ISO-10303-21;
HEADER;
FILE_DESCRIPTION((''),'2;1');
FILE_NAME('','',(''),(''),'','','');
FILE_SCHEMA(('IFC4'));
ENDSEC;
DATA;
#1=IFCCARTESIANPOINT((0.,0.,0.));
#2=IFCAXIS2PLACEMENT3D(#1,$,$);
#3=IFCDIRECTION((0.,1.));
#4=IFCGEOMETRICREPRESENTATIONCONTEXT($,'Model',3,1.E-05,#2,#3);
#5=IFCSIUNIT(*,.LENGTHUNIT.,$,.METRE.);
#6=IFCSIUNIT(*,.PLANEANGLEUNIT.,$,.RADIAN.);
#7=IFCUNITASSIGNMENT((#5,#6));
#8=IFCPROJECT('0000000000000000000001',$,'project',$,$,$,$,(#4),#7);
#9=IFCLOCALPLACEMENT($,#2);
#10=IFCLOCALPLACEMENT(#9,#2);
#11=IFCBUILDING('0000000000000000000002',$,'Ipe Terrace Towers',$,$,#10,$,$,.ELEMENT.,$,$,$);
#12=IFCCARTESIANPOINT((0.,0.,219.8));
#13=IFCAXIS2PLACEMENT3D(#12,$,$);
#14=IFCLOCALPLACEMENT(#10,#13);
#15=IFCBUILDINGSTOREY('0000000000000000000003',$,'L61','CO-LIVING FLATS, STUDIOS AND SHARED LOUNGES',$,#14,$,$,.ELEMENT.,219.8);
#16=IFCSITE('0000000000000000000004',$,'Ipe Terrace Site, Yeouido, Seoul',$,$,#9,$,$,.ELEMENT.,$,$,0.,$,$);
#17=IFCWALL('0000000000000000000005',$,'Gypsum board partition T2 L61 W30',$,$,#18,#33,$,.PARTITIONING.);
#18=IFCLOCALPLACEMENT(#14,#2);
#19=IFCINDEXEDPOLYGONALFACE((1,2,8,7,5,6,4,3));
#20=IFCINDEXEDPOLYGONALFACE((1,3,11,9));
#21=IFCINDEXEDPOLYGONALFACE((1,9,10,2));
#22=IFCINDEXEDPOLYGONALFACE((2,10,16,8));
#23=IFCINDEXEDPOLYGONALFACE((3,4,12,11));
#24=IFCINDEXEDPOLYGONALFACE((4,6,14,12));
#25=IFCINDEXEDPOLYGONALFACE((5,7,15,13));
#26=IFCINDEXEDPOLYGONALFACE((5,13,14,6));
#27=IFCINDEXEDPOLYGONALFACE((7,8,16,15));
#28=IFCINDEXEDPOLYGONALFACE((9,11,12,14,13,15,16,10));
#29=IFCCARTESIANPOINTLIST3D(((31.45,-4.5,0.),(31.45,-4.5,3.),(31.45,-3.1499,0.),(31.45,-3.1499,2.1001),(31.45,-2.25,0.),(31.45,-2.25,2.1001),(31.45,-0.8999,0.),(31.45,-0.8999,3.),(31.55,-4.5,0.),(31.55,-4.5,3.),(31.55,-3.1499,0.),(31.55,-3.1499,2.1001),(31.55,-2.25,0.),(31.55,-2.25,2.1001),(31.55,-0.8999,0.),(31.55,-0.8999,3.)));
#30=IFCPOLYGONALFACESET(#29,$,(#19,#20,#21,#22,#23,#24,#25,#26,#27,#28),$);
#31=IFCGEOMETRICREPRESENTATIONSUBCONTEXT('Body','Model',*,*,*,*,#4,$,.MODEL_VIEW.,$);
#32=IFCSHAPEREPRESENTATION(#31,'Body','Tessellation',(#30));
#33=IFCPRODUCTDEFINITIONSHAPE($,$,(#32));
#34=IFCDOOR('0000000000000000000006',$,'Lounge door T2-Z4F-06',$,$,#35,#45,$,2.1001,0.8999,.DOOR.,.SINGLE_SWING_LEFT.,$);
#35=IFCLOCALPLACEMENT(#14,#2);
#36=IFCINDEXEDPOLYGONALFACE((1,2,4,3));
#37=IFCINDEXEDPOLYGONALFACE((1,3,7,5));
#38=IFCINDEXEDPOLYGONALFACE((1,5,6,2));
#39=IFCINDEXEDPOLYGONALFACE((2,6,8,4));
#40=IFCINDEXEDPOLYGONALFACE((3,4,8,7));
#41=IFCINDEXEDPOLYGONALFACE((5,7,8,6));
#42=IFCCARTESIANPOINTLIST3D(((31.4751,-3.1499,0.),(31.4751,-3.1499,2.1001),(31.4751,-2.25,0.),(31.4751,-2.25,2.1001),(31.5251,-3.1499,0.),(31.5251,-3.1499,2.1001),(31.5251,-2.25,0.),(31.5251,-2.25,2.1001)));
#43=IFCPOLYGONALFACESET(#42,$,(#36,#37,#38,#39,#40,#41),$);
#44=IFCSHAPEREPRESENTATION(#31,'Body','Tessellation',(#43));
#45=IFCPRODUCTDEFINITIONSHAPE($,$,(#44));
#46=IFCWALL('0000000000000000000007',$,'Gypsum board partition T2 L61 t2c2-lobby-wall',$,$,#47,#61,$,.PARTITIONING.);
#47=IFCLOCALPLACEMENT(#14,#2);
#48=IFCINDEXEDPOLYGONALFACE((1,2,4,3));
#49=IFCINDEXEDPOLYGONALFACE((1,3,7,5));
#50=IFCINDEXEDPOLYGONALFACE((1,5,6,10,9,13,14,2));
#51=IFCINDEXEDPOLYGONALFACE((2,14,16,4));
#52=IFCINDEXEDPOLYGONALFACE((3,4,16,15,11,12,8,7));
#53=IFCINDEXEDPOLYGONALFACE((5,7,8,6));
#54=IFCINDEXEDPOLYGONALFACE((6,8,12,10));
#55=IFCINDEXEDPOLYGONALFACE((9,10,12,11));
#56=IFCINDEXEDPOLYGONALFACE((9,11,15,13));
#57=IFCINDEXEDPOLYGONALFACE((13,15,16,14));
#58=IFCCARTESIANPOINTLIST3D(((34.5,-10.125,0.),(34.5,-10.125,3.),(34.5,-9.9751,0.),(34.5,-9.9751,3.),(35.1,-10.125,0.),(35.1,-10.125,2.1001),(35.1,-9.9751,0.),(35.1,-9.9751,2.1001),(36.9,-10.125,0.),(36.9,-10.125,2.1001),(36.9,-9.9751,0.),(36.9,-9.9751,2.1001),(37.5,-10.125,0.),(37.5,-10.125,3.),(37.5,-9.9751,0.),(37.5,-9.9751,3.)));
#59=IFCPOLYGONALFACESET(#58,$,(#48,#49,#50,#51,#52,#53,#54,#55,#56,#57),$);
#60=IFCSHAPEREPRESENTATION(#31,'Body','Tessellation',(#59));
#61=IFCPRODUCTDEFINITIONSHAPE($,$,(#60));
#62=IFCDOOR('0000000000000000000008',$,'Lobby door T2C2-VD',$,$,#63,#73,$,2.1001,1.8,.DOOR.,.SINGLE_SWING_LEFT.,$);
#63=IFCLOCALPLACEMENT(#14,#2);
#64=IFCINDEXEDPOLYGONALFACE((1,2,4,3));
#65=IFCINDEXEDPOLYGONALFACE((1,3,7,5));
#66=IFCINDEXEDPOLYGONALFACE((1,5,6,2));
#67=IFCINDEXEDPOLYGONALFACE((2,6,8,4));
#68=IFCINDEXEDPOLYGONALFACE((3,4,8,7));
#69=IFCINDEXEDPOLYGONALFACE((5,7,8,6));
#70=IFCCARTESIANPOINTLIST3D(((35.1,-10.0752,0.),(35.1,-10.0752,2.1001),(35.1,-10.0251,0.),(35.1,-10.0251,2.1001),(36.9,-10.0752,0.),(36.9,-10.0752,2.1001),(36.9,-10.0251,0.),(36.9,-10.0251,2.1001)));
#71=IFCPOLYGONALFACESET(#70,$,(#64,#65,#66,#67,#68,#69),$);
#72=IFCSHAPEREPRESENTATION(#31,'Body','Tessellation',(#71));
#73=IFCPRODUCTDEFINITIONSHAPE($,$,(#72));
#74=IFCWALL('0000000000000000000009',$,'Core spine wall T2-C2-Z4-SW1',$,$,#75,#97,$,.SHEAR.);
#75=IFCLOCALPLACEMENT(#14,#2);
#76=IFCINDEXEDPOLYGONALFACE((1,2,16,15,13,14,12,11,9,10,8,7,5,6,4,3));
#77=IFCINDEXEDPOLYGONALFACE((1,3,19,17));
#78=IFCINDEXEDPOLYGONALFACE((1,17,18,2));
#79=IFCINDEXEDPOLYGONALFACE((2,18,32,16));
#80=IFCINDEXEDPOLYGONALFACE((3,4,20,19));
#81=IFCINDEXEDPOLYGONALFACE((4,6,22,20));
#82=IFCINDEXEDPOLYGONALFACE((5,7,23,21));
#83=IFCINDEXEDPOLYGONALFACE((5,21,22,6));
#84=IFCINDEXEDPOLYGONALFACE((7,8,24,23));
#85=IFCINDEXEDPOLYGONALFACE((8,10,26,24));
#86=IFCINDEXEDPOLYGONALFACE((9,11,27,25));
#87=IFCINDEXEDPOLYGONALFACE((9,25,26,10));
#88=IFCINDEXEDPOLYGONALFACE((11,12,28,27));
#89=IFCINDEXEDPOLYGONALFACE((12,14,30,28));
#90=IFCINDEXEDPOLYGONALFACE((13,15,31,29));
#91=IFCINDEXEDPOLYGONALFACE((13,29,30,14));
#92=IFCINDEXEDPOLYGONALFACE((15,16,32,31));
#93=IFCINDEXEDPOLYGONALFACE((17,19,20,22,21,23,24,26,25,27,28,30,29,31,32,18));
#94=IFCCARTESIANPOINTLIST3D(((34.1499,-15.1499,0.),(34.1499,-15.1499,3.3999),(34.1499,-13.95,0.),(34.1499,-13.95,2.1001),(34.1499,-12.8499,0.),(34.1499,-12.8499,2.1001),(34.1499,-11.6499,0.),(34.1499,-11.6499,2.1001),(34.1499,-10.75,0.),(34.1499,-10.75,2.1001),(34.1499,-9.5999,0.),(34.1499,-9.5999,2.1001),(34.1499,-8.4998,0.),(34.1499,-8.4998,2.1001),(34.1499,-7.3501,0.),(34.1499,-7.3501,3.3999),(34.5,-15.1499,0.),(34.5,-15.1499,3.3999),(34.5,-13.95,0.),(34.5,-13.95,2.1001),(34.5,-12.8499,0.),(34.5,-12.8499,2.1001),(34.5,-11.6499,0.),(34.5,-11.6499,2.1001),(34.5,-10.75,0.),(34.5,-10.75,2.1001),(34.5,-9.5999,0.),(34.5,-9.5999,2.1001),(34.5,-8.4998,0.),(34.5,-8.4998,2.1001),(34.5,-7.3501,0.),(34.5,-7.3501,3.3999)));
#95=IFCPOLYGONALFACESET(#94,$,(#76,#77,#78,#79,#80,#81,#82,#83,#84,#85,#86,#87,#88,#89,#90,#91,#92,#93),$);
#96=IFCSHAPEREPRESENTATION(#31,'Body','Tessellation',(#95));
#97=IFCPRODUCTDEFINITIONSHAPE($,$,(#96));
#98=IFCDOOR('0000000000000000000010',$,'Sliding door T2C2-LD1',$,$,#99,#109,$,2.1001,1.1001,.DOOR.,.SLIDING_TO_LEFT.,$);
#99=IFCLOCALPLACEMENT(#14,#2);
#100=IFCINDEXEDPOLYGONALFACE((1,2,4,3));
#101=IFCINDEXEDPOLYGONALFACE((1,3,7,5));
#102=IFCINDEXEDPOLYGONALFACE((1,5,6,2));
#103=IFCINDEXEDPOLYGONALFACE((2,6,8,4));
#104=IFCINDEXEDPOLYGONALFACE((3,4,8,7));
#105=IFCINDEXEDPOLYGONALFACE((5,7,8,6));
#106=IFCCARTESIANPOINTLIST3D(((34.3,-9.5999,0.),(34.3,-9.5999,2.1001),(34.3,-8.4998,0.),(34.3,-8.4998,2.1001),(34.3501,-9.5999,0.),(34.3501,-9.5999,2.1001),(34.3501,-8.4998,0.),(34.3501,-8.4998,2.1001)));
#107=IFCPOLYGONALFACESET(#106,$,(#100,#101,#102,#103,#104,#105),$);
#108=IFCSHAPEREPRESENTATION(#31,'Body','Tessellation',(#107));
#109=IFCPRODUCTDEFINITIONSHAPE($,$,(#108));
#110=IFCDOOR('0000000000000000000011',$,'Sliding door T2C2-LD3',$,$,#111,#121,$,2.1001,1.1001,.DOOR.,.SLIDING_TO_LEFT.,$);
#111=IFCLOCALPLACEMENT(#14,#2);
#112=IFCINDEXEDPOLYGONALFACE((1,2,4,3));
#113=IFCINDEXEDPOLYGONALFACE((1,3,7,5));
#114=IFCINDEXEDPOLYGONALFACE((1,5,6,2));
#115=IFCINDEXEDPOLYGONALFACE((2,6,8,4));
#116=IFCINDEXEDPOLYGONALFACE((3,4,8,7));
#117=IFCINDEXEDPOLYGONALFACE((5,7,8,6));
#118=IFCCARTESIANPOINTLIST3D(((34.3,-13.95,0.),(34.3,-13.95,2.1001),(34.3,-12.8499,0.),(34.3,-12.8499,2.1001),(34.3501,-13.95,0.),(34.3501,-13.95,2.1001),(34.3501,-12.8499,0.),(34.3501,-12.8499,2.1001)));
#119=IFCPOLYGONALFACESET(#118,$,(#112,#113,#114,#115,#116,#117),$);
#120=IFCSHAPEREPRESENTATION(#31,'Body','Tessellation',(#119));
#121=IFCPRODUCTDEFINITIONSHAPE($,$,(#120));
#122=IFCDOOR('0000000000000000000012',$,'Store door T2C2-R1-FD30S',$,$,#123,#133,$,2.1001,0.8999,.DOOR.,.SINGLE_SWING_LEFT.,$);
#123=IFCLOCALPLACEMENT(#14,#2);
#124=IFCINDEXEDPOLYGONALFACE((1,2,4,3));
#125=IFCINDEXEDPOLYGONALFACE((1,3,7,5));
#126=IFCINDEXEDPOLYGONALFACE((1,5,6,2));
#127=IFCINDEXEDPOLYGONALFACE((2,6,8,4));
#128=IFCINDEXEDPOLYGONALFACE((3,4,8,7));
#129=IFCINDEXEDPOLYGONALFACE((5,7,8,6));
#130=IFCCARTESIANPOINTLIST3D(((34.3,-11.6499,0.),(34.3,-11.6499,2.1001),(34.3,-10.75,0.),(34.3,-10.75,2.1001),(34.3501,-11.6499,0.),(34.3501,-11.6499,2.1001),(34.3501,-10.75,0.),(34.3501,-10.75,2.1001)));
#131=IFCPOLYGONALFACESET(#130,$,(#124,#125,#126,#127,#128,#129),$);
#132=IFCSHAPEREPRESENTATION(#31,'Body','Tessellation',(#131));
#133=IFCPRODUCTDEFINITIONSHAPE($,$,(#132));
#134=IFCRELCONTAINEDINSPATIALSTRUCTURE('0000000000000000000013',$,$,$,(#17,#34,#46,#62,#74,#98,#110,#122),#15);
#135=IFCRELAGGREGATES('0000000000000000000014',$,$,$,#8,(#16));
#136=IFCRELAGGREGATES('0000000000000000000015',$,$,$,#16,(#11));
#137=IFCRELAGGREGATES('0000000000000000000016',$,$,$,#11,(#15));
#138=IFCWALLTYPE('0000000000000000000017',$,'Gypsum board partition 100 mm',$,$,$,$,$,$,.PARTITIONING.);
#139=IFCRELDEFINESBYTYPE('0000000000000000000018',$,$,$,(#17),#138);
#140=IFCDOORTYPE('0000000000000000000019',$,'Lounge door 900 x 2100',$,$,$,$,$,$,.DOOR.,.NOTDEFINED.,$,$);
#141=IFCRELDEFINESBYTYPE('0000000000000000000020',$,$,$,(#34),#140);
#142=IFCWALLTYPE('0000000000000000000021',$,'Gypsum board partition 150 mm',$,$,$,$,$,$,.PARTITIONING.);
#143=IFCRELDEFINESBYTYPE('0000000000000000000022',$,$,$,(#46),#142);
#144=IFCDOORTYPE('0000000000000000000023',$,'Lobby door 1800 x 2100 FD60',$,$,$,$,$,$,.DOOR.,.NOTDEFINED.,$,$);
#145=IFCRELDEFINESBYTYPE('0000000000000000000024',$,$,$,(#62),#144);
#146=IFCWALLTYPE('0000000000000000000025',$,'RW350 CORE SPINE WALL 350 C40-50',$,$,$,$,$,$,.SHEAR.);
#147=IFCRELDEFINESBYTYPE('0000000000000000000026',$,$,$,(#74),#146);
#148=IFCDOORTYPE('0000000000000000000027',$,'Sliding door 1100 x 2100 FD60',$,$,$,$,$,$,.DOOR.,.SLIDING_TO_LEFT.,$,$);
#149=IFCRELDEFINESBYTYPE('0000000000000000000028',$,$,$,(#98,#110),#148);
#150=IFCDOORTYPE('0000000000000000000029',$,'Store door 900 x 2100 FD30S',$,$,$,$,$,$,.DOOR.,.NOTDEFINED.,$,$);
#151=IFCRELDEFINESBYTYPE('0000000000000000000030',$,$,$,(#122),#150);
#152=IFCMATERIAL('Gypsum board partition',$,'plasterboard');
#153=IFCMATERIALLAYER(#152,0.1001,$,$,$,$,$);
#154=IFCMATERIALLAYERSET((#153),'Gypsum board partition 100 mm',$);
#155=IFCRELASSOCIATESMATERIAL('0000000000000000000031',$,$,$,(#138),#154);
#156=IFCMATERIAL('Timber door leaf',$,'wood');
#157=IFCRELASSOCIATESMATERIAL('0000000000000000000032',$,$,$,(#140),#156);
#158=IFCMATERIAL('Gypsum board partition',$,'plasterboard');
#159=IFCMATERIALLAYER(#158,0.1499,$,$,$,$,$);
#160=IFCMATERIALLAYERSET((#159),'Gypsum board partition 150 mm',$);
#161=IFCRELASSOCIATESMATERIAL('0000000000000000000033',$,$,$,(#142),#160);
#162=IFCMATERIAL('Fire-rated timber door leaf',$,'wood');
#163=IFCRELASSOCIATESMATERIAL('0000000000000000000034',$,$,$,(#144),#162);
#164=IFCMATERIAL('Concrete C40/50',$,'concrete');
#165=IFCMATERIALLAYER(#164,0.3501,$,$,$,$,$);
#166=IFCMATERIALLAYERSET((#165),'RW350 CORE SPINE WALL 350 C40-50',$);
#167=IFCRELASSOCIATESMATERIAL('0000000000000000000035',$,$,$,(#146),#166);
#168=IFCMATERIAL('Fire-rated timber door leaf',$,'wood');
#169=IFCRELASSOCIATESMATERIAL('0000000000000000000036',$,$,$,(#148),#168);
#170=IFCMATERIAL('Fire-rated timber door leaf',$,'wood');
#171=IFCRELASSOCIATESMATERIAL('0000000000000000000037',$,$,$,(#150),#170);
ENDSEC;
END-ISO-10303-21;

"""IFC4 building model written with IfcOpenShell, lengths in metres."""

from ifc_helpers import new_model, si_unit, direction, frame, frame_2d, origin, place, context, subcontext, project, spatial, rectangle, extrude, material, layer, layer_set, type_object, element, fill, save


model = new_model("IFC4")

# Units and contexts
model_context = context("Model", 3, precision=1e-05, world=origin(), true_north=direction((0.0, 1.0)))
body_context = subcontext(model_context, "Body", "Model", "MODEL_VIEW")
ifc_project = project(units=[si_unit("LENGTHUNIT", "METRE"), si_unit("PLANEANGLEUNIT", "RADIAN")], contexts=[model_context])

# Site, building, storey
site_placement = place(None, origin())
site = spatial("IfcSite", under=ifc_project, at=site_placement, Name="Ipe Terrace Site, Yeouido, Seoul", CompositionType="ELEMENT", RefElevation=0.0)
building_placement = place(site_placement, origin())
building = spatial("IfcBuilding", under=site, at=building_placement, Name="Ipe Terrace Towers", CompositionType="ELEMENT")
storey_placement = place(building_placement, frame((0.0, 0.0, 219.8)))
storey = spatial("IfcBuildingStorey", under=building, at=storey_placement, Name="L61", Description="CO-LIVING FLATS, STUDIOS AND SHARED LOUNGES", CompositionType="ELEMENT", Elevation=219.8)

# Shared definitions
ifc_material_1 = material(Name="Gypsum board partition", Category="plasterboard")
ifc_layer_1 = layer(ifc_material_1, 0.1001)
ifc_layer_set_1 = layer_set([ifc_layer_1], Name="Gypsum board partition 100 mm")
wall_type_1 = type_object("IfcWallType", Name="Gypsum board partition 100 mm", PredefinedType="PARTITIONING", material=ifc_layer_set_1)

# Shared definitions
ifc_material_2 = material(Name="Timber door leaf", Category="wood")
door_type_1 = type_object("IfcDoorType", Name="Lounge door 900 x 2100", OperationType="NOTDEFINED", PredefinedType="DOOR", material=ifc_material_2)

# Walls, openings, doors
wall_1_placement = place(storey_placement, frame((31.5, -4.5, 0.0), z_axis=(0.0, 0.0, 1.0), x_axis=(0.0, 1.0, 0.0)))
wall_1 = element("IfcWall", 1, at=wall_1_placement, inside=storey, type_object=wall_type_1, Name="Gypsum board partition T2 L61 W30", PredefinedType="PARTITIONING", context=body_context, shape_type="SweptSolid", body=[
    extrude(rectangle(XDim=3.6001, YDim=0.1001, at=frame_2d((1.8, 0.0))), origin(), (0.0, 0.0, 1.0), 3.0),
])
opening_1_placement = place(wall_1_placement, frame((1.3501, 0.0, 0.0)))
opening_1 = element("IfcOpeningElement", 2, at=opening_1_placement, cuts=wall_1, PredefinedType="OPENING", context=body_context, shape_type="SweptSolid", body=[
    extrude(rectangle(XDim=0.8999, YDim=2.1001, at=frame_2d((0.45, 1.05))), frame((0.0, 0.0601, 0.0), z_axis=(0.0, -1.0, 0.0), x_axis=(1.0, 0.0, 0.0)), (0.0, 0.0, 1.0), 0.1201),
])
door_1_placement = place(opening_1_placement, origin())
door_1 = element("IfcDoor", 3, at=door_1_placement, inside=storey, type_object=door_type_1, Name="Lounge door T2-Z4F-06", OperationType="SINGLE_SWING_LEFT", OverallHeight=2.1001, OverallWidth=0.8999, PredefinedType="DOOR", context=body_context, shape_type="SweptSolid", body=[
    extrude(rectangle(XDim=0.8999, YDim=2.1001, at=frame_2d((0.45, 1.05))), frame((0.0, 0.0249, 0.0), z_axis=(0.0, -1.0, 0.0), x_axis=(1.0, 0.0, 0.0)), (0.0, 0.0, 1.0), 0.05),
])
fill(opening_1, door_1)
ifc_material_3 = material(Name="Gypsum board partition", Category="plasterboard")
ifc_layer_2 = layer(ifc_material_3, 0.1499)
ifc_layer_set_2 = layer_set([ifc_layer_2], Name="Gypsum board partition 150 mm")
wall_type_2 = type_object("IfcWallType", Name="Gypsum board partition 150 mm", PredefinedType="PARTITIONING", material=ifc_layer_set_2)
wall_2_placement = place(storey_placement, frame((34.5, -10.05, 0.0), z_axis=(0.0, 0.0, 1.0), x_axis=(1.0, 0.0, 0.0)))
wall_2 = element("IfcWall", 4, at=wall_2_placement, inside=storey, type_object=wall_type_2, Name="Gypsum board partition T2 L61 t2c2-lobby-wall", PredefinedType="PARTITIONING", context=body_context, shape_type="SweptSolid", body=[
    extrude(rectangle(XDim=3.0, YDim=0.1499, at=frame_2d((1.5, 0.0))), origin(), (0.0, 0.0, 1.0), 3.0),
])
opening_2_placement = place(wall_2_placement, frame((0.6001, 0.0, 0.0)))
opening_2 = element("IfcOpeningElement", 5, at=opening_2_placement, cuts=wall_2, PredefinedType="OPENING", context=body_context, shape_type="SweptSolid", body=[
    extrude(rectangle(XDim=1.8, YDim=2.1001, at=frame_2d((0.8999, 1.05))), frame((0.0, 0.085, 0.0), z_axis=(0.0, -1.0, 0.0), x_axis=(1.0, 0.0, 0.0)), (0.0, 0.0, 1.0), 0.1699),
])
ifc_material_4 = material(Name="Fire-rated timber door leaf", Category="wood")
door_type_2 = type_object("IfcDoorType", Name="Lobby door 1800 x 2100 FD60", OperationType="NOTDEFINED", PredefinedType="DOOR", material=ifc_material_4)
door_2_placement = place(opening_2_placement, origin())
door_2 = element("IfcDoor", 6, at=door_2_placement, inside=storey, type_object=door_type_2, Name="Lobby door T2C2-VD", OperationType="SINGLE_SWING_LEFT", OverallHeight=2.1001, OverallWidth=1.8, PredefinedType="DOOR", context=body_context, shape_type="SweptSolid", body=[
    extrude(rectangle(XDim=1.8, YDim=2.1001, at=frame_2d((0.8999, 1.05))), frame((0.0, 0.0249, 0.0), z_axis=(0.0, -1.0, 0.0), x_axis=(1.0, 0.0, 0.0)), (0.0, 0.0, 1.0), 0.05),
])
fill(opening_2, door_2)

# Wall, openings, doors
ifc_material_5 = material(Name="Concrete C40/50", Category="concrete")
ifc_layer_3 = layer(ifc_material_5, 0.3501)
ifc_layer_set_3 = layer_set([ifc_layer_3], Name="RW350 CORE SPINE WALL 350 C40-50")
wall_type_3 = type_object("IfcWallType", Name="RW350 CORE SPINE WALL 350 C40-50", PredefinedType="SHEAR", material=ifc_layer_set_3)
wall_3_placement = place(storey_placement, frame((34.325, -15.1499, 0.0), z_axis=(0.0, 0.0, 1.0), x_axis=(0.0, 1.0, 0.0)))
wall_3 = element("IfcWall", 7, at=wall_3_placement, inside=storey, type_object=wall_type_3, Name="Core spine wall T2-C2-Z4-SW1", PredefinedType="SHEAR", context=body_context, shape_type="SweptSolid", body=[
    extrude(rectangle(XDim=7.7998, YDim=0.3501, at=frame_2d((3.8999, 0.0))), origin(), (0.0, 0.0, 1.0), 3.3999),
])
opening_3_placement = place(wall_3_placement, frame((5.55, 0.0, 0.0)))
opening_3 = element("IfcOpeningElement", 8, at=opening_3_placement, cuts=wall_3, PredefinedType="OPENING", context=body_context, shape_type="SweptSolid", body=[
    extrude(rectangle(XDim=1.1001, YDim=2.1001, at=frame_2d((0.55, 1.05))), frame((0.0, 0.1851, 0.0), z_axis=(0.0, -1.0, 0.0), x_axis=(1.0, 0.0, 0.0)), (0.0, 0.0, 1.0), 0.3701),
])
opening_4_placement = place(wall_3_placement, frame((1.2, 0.0, 0.0)))
opening_4 = element("IfcOpeningElement", 9, at=opening_4_placement, cuts=wall_3, PredefinedType="OPENING", context=body_context, shape_type="SweptSolid", body=[
    extrude(rectangle(XDim=1.1001, YDim=2.1001, at=frame_2d((0.55, 1.05))), frame((0.0, 0.1851, 0.0), z_axis=(0.0, -1.0, 0.0), x_axis=(1.0, 0.0, 0.0)), (0.0, 0.0, 1.0), 0.3701),
])
opening_5_placement = place(wall_3_placement, frame((3.5, 0.0, 0.0)))
opening_5 = element("IfcOpeningElement", 10, at=opening_5_placement, cuts=wall_3, PredefinedType="OPENING", context=body_context, shape_type="SweptSolid", body=[
    extrude(rectangle(XDim=0.8999, YDim=2.1001, at=frame_2d((0.45, 1.05))), frame((0.0, 0.1851, 0.0), z_axis=(0.0, -1.0, 0.0), x_axis=(1.0, 0.0, 0.0)), (0.0, 0.0, 1.0), 0.3701),
])
ifc_material_6 = material(Name="Fire-rated timber door leaf", Category="wood")
door_type_3 = type_object("IfcDoorType", Name="Sliding door 1100 x 2100 FD60", OperationType="SLIDING_TO_LEFT", PredefinedType="DOOR", material=ifc_material_6)
door_3_placement = place(opening_3_placement, origin())
door_3 = element("IfcDoor", 11, at=door_3_placement, inside=storey, type_object=door_type_3, Name="Sliding door T2C2-LD1", OperationType="SLIDING_TO_LEFT", OverallHeight=2.1001, OverallWidth=1.1001, PredefinedType="DOOR", context=body_context, shape_type="SweptSolid", body=[
    extrude(rectangle(XDim=1.1001, YDim=2.1001, at=frame_2d((0.55, 1.05))), frame((0.0, 0.0249, 0.0), z_axis=(0.0, -1.0, 0.0), x_axis=(1.0, 0.0, 0.0)), (0.0, 0.0, 1.0), 0.05),
])
fill(opening_3, door_3)
door_4_placement = place(opening_4_placement, origin())
door_4 = element("IfcDoor", 12, at=door_4_placement, inside=storey, type_object=door_type_3, Name="Sliding door T2C2-LD3", OperationType="SLIDING_TO_LEFT", OverallHeight=2.1001, OverallWidth=1.1001, PredefinedType="DOOR", context=body_context, shape_type="SweptSolid", body=[
    extrude(rectangle(XDim=1.1001, YDim=2.1001, at=frame_2d((0.55, 1.05))), frame((0.0, 0.0249, 0.0), z_axis=(0.0, -1.0, 0.0), x_axis=(1.0, 0.0, 0.0)), (0.0, 0.0, 1.0), 0.05),
])
fill(opening_4, door_4)
ifc_material_7 = material(Name="Fire-rated timber door leaf", Category="wood")
door_type_4 = type_object("IfcDoorType", Name="Store door 900 x 2100 FD30S", OperationType="NOTDEFINED", PredefinedType="DOOR", material=ifc_material_7)
door_5_placement = place(opening_5_placement, origin())
door_5 = element("IfcDoor", 13, at=door_5_placement, inside=storey, type_object=door_type_4, Name="Store door T2C2-R1-FD30S", OperationType="SINGLE_SWING_LEFT", OverallHeight=2.1001, OverallWidth=0.8999, PredefinedType="DOOR", context=body_context, shape_type="SweptSolid", body=[
    extrude(rectangle(XDim=0.8999, YDim=2.1001, at=frame_2d((0.45, 1.05))), frame((0.0, 0.0249, 0.0), z_axis=(0.0, -1.0, 0.0), x_axis=(1.0, 0.0, 0.0)), (0.0, 0.0, 1.0), 0.05),
])
fill(opening_5, door_5)

save(model, "model.ifc")
